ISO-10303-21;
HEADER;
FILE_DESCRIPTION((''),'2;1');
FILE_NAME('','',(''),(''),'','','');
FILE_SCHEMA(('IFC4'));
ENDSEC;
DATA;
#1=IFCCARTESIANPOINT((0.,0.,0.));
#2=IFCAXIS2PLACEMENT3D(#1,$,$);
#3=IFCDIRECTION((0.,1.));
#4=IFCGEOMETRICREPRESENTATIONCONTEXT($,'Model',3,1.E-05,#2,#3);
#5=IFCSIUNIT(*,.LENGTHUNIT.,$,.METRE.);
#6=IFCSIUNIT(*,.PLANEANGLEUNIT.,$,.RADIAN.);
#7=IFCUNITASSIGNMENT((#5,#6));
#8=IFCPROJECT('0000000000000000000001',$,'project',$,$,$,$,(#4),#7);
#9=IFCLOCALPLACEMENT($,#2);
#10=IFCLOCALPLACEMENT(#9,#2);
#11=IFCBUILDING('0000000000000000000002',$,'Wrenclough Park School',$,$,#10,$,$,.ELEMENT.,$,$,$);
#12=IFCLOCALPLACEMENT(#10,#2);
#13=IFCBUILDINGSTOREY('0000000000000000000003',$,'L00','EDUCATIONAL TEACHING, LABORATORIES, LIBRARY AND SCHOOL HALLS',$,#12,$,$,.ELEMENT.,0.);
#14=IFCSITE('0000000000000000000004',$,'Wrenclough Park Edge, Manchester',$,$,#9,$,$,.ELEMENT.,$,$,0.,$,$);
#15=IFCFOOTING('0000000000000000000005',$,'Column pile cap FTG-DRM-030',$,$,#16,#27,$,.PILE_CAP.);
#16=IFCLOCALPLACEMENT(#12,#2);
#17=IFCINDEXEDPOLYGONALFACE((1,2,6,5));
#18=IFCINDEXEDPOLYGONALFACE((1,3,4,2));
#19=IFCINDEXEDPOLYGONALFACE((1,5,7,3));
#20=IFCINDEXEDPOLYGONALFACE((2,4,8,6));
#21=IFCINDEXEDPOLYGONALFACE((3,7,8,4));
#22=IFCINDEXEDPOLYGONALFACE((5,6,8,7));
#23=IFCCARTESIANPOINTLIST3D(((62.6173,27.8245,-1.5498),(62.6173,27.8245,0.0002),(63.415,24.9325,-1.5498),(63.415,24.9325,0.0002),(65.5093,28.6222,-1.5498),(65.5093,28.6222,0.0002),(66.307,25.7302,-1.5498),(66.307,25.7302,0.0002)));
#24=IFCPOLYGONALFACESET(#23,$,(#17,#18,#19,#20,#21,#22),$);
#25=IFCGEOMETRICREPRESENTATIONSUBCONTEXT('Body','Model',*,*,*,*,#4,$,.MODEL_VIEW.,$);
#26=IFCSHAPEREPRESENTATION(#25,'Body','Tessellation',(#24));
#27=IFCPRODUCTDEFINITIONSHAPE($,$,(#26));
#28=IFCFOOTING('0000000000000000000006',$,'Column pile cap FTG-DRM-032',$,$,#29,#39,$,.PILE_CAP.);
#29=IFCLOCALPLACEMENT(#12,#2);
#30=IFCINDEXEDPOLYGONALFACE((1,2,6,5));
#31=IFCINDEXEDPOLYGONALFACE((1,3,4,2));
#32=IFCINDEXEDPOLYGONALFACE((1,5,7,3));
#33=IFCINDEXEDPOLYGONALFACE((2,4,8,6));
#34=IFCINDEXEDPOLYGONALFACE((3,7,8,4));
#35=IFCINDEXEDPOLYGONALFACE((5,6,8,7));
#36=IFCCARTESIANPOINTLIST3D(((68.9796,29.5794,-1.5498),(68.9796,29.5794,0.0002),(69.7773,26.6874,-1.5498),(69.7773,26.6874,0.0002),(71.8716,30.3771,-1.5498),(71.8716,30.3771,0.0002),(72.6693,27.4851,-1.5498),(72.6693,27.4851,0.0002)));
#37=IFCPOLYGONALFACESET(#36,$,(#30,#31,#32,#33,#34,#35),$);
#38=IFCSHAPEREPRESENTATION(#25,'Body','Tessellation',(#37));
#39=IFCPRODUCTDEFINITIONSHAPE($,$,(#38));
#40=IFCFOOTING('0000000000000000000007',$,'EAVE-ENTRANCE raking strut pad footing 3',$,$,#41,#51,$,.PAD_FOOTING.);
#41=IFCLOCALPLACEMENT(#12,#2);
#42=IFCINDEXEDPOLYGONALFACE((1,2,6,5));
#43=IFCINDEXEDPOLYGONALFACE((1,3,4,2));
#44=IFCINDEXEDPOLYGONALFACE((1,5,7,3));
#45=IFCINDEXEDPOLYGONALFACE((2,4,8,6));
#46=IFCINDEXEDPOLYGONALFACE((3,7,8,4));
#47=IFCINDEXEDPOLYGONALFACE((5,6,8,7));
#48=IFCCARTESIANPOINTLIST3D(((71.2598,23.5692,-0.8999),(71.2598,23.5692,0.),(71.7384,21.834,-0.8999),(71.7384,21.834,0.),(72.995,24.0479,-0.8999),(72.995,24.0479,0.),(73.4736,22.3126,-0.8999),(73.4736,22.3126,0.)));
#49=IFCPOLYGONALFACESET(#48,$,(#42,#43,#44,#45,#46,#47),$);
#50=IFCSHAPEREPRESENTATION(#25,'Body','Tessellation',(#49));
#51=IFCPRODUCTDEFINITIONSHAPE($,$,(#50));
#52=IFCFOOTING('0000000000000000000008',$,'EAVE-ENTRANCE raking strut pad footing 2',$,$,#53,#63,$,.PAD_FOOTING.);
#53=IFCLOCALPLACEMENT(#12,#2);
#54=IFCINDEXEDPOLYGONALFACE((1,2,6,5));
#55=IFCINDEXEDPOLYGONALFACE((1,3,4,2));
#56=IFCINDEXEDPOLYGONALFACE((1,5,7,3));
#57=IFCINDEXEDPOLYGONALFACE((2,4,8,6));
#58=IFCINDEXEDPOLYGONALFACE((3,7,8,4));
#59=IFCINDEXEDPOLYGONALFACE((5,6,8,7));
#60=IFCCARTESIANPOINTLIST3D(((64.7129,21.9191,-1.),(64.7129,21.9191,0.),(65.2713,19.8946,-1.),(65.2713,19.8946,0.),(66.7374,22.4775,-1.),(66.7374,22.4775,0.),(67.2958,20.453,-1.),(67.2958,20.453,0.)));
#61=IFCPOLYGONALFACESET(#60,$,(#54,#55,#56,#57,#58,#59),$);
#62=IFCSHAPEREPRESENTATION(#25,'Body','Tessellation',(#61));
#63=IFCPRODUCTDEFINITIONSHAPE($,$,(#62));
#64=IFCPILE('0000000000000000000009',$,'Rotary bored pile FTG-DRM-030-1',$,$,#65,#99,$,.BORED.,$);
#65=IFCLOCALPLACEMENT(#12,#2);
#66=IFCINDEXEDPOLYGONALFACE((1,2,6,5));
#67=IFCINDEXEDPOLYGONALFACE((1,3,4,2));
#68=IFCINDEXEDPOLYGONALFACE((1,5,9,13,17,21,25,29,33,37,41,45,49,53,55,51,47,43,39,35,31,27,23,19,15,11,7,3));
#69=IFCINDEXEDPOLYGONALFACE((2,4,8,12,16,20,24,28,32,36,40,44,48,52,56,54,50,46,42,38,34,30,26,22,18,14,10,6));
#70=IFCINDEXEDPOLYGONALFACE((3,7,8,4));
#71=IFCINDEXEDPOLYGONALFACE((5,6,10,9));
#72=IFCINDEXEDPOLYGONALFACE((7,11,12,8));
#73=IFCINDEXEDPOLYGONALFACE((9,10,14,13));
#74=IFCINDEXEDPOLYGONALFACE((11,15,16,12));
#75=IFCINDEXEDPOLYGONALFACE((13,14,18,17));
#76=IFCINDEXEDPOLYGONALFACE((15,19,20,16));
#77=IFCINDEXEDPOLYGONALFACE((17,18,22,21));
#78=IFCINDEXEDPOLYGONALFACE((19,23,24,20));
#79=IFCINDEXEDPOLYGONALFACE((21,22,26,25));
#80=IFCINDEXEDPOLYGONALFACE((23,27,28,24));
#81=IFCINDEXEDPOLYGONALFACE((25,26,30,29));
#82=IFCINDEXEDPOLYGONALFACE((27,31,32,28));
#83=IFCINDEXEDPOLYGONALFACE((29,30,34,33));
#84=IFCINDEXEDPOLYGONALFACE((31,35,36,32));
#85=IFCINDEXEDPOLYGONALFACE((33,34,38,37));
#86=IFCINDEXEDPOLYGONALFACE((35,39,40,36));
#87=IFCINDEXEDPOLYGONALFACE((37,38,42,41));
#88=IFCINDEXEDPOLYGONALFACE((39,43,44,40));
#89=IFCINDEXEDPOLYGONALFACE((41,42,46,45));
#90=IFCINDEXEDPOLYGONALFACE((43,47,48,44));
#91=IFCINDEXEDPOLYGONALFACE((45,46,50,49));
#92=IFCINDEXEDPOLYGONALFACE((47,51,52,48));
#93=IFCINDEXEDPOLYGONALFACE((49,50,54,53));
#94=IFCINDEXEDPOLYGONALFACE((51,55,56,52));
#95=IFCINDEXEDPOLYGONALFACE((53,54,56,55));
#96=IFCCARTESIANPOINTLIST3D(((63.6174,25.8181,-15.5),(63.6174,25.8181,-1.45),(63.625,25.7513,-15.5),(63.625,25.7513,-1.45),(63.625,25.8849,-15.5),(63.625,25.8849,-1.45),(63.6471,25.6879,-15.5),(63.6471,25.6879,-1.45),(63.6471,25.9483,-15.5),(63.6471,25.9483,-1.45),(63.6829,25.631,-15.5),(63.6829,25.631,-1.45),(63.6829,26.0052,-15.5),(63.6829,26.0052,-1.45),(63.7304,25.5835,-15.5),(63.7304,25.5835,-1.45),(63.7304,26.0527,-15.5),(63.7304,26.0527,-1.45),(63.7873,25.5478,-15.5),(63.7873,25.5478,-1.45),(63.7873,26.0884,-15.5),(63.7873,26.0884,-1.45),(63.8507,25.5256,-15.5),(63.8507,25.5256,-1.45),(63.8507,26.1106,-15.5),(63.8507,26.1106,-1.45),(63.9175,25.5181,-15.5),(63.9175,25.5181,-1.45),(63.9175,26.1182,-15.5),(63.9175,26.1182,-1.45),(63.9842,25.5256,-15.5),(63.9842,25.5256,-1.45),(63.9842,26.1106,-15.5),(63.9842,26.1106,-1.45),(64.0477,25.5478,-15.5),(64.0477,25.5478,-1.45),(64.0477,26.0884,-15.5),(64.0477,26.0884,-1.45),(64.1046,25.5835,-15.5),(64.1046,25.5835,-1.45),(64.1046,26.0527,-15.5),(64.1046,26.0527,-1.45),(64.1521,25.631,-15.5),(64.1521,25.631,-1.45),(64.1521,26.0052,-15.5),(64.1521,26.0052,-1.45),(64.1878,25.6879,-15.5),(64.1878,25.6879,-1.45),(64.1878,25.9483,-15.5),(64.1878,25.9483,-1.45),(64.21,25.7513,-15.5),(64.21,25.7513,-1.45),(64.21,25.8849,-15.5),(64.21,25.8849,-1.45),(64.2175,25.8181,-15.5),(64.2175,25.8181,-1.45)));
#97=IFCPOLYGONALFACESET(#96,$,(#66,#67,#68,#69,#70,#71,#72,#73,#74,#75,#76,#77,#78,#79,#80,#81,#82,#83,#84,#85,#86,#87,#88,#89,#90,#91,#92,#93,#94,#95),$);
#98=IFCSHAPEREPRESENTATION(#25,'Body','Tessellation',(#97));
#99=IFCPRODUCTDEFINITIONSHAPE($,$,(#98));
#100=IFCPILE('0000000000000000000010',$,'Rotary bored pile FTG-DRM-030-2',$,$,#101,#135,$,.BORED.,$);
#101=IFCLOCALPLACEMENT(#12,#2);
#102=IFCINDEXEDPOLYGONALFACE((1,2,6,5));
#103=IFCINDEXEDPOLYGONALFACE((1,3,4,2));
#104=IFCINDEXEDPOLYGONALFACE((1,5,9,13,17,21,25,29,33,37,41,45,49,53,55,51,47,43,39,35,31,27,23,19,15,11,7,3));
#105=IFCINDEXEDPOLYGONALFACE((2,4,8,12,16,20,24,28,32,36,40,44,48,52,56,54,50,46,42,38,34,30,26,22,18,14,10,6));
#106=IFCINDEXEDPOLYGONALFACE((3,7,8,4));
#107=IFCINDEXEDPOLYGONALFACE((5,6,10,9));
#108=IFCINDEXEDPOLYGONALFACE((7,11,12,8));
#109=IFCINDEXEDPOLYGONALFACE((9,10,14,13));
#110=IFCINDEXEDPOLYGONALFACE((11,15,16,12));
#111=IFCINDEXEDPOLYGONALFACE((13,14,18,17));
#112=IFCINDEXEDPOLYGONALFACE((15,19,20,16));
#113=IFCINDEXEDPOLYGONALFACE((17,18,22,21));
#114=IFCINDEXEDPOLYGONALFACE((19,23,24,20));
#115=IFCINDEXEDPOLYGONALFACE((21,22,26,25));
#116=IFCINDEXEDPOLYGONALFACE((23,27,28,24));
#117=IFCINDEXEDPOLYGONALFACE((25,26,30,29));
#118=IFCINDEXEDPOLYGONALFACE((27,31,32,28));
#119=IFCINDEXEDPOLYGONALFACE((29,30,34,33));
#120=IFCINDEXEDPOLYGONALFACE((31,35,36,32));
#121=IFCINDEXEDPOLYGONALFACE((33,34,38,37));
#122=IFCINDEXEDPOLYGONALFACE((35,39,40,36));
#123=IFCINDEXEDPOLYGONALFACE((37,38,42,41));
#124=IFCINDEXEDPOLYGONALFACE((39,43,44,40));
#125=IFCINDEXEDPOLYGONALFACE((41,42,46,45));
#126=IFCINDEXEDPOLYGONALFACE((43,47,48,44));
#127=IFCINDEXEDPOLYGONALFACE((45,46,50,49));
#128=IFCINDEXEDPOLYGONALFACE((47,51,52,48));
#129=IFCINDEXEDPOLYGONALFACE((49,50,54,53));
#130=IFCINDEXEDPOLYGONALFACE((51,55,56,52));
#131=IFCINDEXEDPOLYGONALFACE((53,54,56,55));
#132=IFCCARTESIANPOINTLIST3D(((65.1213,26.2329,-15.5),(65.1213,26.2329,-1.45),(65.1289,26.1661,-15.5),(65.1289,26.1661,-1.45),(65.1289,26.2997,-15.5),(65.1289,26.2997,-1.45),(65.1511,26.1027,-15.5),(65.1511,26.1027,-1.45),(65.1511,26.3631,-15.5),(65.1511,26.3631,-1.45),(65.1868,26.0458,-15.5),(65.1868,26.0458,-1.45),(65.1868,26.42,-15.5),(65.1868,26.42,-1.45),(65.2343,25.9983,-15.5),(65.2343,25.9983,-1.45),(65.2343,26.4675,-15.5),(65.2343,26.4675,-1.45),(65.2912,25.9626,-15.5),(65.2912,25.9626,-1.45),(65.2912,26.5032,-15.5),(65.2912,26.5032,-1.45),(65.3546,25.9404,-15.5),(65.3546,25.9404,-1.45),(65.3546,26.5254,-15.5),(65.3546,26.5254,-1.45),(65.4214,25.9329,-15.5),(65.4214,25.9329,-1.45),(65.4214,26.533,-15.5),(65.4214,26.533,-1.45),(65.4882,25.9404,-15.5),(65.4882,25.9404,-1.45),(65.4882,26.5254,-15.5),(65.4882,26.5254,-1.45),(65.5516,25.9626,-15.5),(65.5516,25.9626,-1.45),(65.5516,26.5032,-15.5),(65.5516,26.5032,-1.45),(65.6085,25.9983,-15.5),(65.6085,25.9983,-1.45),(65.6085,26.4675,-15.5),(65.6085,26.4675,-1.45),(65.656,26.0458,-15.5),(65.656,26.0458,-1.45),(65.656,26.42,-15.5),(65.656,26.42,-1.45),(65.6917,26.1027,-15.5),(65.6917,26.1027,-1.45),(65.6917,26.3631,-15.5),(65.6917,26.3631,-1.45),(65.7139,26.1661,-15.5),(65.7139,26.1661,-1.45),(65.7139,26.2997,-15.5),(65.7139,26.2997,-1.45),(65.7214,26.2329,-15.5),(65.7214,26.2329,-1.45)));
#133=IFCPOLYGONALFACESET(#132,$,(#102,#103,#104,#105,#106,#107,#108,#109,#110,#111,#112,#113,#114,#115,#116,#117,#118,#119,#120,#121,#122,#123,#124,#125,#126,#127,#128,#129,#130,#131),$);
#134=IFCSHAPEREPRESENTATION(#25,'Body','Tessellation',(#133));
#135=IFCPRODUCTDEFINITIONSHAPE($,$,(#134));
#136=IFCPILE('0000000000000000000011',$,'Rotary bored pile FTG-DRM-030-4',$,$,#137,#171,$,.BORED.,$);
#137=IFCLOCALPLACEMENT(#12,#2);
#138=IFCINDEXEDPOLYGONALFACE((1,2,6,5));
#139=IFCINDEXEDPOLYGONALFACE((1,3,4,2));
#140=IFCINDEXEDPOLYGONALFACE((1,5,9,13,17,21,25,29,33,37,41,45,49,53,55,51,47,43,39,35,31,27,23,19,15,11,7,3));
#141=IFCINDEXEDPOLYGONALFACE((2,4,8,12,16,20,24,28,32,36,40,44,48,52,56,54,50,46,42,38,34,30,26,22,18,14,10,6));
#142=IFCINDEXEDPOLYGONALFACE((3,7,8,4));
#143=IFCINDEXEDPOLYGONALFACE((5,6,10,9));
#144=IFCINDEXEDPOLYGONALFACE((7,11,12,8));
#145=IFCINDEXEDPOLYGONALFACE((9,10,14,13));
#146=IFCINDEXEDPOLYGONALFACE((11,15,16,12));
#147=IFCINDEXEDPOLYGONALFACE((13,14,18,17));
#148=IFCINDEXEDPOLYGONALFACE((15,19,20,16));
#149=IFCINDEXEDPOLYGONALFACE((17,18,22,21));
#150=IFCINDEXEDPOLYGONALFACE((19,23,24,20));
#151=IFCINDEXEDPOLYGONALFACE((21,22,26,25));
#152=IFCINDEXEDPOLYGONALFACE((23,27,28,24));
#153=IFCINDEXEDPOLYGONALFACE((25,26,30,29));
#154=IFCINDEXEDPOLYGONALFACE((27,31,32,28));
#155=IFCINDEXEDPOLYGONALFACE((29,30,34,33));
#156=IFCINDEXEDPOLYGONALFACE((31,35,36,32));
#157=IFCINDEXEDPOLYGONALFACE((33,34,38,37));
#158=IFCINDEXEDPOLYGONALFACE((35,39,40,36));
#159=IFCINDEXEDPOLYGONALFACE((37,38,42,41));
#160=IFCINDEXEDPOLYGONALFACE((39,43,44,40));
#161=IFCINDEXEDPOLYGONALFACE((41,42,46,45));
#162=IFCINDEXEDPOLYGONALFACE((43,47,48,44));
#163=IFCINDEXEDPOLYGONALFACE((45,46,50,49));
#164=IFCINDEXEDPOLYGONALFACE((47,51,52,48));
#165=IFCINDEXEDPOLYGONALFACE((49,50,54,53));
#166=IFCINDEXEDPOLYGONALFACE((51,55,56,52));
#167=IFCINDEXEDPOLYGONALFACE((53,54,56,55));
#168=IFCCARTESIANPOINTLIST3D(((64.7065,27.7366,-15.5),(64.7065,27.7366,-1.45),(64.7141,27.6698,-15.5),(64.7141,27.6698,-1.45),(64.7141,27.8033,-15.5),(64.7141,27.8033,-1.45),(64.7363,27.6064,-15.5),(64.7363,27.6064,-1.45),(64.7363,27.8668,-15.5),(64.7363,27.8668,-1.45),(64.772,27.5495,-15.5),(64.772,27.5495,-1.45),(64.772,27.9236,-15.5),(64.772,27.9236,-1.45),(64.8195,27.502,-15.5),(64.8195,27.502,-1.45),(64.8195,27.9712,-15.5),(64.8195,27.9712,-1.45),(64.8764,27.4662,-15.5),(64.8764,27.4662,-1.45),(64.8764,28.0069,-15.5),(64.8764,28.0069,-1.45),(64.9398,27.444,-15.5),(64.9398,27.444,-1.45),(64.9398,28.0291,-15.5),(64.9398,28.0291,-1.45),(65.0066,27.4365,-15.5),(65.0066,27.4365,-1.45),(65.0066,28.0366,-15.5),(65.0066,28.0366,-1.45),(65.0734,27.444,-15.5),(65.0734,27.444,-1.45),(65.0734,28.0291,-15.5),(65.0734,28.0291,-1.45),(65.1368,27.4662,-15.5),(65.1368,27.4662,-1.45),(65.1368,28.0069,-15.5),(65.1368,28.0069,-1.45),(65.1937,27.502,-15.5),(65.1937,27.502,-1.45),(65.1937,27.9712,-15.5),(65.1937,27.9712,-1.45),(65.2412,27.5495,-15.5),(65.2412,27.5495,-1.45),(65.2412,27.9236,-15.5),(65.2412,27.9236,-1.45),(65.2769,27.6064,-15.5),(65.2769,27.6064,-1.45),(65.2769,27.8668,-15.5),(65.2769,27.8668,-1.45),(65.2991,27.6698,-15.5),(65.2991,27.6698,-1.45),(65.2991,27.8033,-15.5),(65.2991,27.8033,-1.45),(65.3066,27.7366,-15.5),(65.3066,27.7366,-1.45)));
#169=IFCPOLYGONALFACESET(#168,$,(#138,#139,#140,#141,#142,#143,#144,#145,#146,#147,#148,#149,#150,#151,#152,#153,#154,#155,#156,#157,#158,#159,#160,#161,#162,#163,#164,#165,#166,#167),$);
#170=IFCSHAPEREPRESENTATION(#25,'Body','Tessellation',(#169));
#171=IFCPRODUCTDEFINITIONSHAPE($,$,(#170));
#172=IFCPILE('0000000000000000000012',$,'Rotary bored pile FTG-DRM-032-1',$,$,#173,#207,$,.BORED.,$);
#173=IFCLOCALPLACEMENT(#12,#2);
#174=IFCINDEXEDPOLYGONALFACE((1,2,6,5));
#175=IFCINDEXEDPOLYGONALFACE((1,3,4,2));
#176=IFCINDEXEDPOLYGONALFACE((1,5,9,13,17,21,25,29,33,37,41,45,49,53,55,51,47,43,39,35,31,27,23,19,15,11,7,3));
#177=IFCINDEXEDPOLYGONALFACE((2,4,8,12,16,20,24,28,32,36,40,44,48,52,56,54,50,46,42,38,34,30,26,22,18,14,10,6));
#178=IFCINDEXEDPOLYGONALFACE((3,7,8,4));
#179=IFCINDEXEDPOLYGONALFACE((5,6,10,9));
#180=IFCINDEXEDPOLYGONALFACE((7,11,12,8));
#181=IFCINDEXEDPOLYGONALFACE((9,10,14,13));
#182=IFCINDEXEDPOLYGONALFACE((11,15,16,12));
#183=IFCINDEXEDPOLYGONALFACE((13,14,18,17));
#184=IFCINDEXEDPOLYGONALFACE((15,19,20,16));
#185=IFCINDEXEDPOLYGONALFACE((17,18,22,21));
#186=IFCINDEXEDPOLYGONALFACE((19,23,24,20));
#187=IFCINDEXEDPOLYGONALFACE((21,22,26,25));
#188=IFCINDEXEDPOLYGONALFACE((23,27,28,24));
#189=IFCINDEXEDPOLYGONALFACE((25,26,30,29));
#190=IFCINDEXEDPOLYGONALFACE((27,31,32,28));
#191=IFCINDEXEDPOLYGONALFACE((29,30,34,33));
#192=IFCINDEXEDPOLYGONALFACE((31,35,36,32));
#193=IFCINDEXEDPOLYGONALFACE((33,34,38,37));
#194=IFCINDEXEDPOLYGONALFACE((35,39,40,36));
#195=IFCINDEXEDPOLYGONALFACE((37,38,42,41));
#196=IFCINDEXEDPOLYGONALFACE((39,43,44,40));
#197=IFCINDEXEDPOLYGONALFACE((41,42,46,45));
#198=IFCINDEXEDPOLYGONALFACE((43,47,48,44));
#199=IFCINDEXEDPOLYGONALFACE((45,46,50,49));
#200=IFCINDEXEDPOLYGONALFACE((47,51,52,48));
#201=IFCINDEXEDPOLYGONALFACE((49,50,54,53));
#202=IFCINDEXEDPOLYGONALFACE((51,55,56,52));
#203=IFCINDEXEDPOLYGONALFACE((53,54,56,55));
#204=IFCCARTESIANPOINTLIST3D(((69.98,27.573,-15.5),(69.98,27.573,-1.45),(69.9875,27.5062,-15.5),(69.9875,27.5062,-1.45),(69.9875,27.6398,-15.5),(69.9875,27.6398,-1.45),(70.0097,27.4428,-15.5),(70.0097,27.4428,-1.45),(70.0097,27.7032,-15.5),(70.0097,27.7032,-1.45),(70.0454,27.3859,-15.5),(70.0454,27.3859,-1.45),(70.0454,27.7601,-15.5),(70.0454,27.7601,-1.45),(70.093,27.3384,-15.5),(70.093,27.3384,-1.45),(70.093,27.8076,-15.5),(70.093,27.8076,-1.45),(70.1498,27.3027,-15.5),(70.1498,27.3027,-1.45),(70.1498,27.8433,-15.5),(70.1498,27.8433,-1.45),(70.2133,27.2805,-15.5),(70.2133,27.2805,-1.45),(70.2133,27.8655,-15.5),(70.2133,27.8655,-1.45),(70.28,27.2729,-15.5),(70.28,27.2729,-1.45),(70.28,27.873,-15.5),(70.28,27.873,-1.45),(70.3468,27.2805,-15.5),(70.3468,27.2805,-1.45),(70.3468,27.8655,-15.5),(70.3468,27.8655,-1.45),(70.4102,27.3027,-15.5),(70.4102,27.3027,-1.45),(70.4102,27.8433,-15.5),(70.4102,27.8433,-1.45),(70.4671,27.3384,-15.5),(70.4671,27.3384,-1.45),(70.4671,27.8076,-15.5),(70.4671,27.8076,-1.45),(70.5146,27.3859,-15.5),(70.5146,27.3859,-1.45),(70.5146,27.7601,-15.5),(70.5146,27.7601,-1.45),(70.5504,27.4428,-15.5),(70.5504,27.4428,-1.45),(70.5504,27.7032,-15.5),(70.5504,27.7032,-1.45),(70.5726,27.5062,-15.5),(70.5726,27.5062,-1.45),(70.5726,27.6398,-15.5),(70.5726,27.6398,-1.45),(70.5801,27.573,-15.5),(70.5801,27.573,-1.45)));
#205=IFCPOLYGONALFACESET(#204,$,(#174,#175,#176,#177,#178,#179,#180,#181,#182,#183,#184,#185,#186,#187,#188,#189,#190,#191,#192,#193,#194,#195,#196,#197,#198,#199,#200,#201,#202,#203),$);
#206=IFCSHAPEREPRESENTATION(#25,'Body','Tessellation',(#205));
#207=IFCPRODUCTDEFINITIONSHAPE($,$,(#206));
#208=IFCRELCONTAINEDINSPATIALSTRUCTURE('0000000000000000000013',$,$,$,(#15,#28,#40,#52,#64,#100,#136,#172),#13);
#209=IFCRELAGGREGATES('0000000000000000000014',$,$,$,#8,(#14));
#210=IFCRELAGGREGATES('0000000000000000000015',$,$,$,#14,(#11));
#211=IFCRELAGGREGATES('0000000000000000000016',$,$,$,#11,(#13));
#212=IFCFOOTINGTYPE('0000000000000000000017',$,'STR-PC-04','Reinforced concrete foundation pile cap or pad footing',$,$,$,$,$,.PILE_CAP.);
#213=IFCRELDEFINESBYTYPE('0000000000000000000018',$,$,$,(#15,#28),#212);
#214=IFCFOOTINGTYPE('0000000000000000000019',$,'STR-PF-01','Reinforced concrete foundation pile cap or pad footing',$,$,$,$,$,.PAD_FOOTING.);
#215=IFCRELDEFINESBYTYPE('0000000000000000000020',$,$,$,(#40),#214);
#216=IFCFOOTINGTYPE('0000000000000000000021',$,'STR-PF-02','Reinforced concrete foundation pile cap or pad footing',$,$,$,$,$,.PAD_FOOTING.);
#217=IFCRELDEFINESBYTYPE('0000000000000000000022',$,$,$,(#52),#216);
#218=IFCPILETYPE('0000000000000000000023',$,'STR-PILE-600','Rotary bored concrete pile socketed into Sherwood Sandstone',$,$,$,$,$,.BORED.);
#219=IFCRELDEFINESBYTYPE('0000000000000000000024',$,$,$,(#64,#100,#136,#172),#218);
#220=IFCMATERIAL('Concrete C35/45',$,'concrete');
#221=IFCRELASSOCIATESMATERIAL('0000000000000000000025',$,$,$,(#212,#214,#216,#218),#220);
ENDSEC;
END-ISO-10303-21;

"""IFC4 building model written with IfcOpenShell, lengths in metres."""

from ifc_helpers import new_model, si_unit, direction, frame, origin, origin_2d, place, context, subcontext, project, spatial, rectangle, circle, extrude, material, material_profile, profile_set, type_object, element, save


model = new_model("IFC4")

# Units and contexts
model_context = context("Model", 3, precision=1e-05, world=origin(), true_north=direction((0.0, 1.0)))
body_context = subcontext(model_context, "Body", "Model", "MODEL_VIEW")
ifc_project = project(units=[si_unit("LENGTHUNIT", "METRE"), si_unit("PLANEANGLEUNIT", "RADIAN")], contexts=[model_context])

# Site, building, storey
site_placement = place(None, origin())
site = spatial("IfcSite", under=ifc_project, at=site_placement, Name="Wrenclough Park Edge, Manchester", CompositionType="ELEMENT", RefElevation=0.0)
building_placement = place(site_placement, origin())
building = spatial("IfcBuilding", under=site, at=building_placement, Name="Wrenclough Park School", CompositionType="ELEMENT")
storey_placement = place(building_placement, origin())
storey = spatial("IfcBuildingStorey", under=building, at=storey_placement, Name="L00", Description="EDUCATIONAL TEACHING, LABORATORIES, LIBRARY AND SCHOOL HALLS", CompositionType="ELEMENT", Elevation=0.0)

# Footings
ifc_material_1 = material(Name="Concrete C35/45", Category="concrete")
footing_type_1 = type_object("IfcFootingType", Name="STR-PC-04", Description="Reinforced concrete foundation pile cap or pad footing", PredefinedType="PILE_CAP", material=ifc_material_1)
for number, where, z_axis, x_axis, name in (
    (1, (64.4622, 26.7773, -1.5498), (0.0, 0.0, 1.0), (0.964003, 0.265893, 0.0), "Column pile cap FTG-DRM-030"),
    (2, (70.8245, 28.5322, -1.5498), (0.0, 0.0, 1.0), (0.964003, 0.265893, 0.0), "Column pile cap FTG-DRM-032"),
):
    element("IfcFooting", number, at=place(storey_placement, frame(where, z_axis=z_axis, x_axis=x_axis)), inside=storey, type_object=footing_type_1, Name=name, PredefinedType="PILE_CAP", context=body_context, shape_type="SweptSolid", body=[
        extrude(rectangle(XDim=3.0, YDim=3.0, at=origin_2d()), origin(), (0.0, 0.0, 1.0), 1.55),
    ])
footing_type_2 = type_object("IfcFootingType", Name="STR-PF-01", Description="Reinforced concrete foundation pile cap or pad footing", PredefinedType="PAD_FOOTING", material=ifc_material_1)
footing_1_placement = place(storey_placement, frame((72.3667, 22.9409, -0.8999), z_axis=(0.0, 0.0, 1.0), x_axis=(0.964003, 0.265893, 0.0)))
element("IfcFooting", 3, at=footing_1_placement, inside=storey, type_object=footing_type_2, Name="EAVE-ENTRANCE raking strut pad footing 3", PredefinedType="PAD_FOOTING", context=body_context, shape_type="SweptSolid", body=[
    extrude(rectangle(XDim=1.8, YDim=1.8, at=origin_2d()), origin(), (0.0, 0.0, 1.0), 0.8999),
])
footing_type_3 = type_object("IfcFootingType", Name="STR-PF-02", Description="Reinforced concrete foundation pile cap or pad footing", PredefinedType="PAD_FOOTING", material=ifc_material_1)
footing_2_placement = place(storey_placement, frame((66.0044, 21.186, -1.0), z_axis=(0.0, 0.0, 1.0), x_axis=(0.964003, 0.265893, 0.0)))
element("IfcFooting", 4, at=footing_2_placement, inside=storey, type_object=footing_type_3, Name="EAVE-ENTRANCE raking strut pad footing 2", PredefinedType="PAD_FOOTING", context=body_context, shape_type="SweptSolid", body=[
    extrude(rectangle(XDim=2.1001, YDim=2.1001, at=origin_2d()), origin(), (0.0, 0.0, 1.0), 1.0),
])

# Piles
ifc_material_profile_1 = material_profile(ifc_material_1, circle(Radius=0.3, at=origin_2d()), Name="BORED PILE D600")
ifc_profile_set_1 = profile_set([ifc_material_profile_1], Name="Concrete C35/45")
pile_type = type_object("IfcPileType", Name="STR-PILE-600", Description="Rotary bored concrete pile socketed into Sherwood Sandstone", PredefinedType="BORED", material=ifc_profile_set_1)
for number, where, z_axis, x_axis, name in (
    (5, (63.9175, 25.8181, -1.45), (0.0, 0.0, -1.0), (1.0, 0.0, 0.0), "Rotary bored pile FTG-DRM-030-1"),
    (6, (65.4214, 26.2329, -1.45), (0.0, 0.0, -1.0), (1.0, 0.0, 0.0), "Rotary bored pile FTG-DRM-030-2"),
    (7, (65.0066, 27.7366, -1.45), (0.0, 0.0, -1.0), (1.0, 0.0, 0.0), "Rotary bored pile FTG-DRM-030-4"),
    (8, (70.28, 27.573, -1.45), (0.0, 0.0, -1.0), (1.0, 0.0, 0.0), "Rotary bored pile FTG-DRM-032-1"),
):
    element("IfcPile", number, at=place(storey_placement, frame(where, z_axis=z_axis, x_axis=x_axis)), inside=storey, type_object=pile_type, Name=name, PredefinedType="BORED", context=body_context, shape_type="SweptSolid", body=[
        extrude(circle(Radius=0.3, at=origin_2d()), origin(), (0.0, 0.0, 1.0), 14.05),
    ])

save(model, "model.ifc")
